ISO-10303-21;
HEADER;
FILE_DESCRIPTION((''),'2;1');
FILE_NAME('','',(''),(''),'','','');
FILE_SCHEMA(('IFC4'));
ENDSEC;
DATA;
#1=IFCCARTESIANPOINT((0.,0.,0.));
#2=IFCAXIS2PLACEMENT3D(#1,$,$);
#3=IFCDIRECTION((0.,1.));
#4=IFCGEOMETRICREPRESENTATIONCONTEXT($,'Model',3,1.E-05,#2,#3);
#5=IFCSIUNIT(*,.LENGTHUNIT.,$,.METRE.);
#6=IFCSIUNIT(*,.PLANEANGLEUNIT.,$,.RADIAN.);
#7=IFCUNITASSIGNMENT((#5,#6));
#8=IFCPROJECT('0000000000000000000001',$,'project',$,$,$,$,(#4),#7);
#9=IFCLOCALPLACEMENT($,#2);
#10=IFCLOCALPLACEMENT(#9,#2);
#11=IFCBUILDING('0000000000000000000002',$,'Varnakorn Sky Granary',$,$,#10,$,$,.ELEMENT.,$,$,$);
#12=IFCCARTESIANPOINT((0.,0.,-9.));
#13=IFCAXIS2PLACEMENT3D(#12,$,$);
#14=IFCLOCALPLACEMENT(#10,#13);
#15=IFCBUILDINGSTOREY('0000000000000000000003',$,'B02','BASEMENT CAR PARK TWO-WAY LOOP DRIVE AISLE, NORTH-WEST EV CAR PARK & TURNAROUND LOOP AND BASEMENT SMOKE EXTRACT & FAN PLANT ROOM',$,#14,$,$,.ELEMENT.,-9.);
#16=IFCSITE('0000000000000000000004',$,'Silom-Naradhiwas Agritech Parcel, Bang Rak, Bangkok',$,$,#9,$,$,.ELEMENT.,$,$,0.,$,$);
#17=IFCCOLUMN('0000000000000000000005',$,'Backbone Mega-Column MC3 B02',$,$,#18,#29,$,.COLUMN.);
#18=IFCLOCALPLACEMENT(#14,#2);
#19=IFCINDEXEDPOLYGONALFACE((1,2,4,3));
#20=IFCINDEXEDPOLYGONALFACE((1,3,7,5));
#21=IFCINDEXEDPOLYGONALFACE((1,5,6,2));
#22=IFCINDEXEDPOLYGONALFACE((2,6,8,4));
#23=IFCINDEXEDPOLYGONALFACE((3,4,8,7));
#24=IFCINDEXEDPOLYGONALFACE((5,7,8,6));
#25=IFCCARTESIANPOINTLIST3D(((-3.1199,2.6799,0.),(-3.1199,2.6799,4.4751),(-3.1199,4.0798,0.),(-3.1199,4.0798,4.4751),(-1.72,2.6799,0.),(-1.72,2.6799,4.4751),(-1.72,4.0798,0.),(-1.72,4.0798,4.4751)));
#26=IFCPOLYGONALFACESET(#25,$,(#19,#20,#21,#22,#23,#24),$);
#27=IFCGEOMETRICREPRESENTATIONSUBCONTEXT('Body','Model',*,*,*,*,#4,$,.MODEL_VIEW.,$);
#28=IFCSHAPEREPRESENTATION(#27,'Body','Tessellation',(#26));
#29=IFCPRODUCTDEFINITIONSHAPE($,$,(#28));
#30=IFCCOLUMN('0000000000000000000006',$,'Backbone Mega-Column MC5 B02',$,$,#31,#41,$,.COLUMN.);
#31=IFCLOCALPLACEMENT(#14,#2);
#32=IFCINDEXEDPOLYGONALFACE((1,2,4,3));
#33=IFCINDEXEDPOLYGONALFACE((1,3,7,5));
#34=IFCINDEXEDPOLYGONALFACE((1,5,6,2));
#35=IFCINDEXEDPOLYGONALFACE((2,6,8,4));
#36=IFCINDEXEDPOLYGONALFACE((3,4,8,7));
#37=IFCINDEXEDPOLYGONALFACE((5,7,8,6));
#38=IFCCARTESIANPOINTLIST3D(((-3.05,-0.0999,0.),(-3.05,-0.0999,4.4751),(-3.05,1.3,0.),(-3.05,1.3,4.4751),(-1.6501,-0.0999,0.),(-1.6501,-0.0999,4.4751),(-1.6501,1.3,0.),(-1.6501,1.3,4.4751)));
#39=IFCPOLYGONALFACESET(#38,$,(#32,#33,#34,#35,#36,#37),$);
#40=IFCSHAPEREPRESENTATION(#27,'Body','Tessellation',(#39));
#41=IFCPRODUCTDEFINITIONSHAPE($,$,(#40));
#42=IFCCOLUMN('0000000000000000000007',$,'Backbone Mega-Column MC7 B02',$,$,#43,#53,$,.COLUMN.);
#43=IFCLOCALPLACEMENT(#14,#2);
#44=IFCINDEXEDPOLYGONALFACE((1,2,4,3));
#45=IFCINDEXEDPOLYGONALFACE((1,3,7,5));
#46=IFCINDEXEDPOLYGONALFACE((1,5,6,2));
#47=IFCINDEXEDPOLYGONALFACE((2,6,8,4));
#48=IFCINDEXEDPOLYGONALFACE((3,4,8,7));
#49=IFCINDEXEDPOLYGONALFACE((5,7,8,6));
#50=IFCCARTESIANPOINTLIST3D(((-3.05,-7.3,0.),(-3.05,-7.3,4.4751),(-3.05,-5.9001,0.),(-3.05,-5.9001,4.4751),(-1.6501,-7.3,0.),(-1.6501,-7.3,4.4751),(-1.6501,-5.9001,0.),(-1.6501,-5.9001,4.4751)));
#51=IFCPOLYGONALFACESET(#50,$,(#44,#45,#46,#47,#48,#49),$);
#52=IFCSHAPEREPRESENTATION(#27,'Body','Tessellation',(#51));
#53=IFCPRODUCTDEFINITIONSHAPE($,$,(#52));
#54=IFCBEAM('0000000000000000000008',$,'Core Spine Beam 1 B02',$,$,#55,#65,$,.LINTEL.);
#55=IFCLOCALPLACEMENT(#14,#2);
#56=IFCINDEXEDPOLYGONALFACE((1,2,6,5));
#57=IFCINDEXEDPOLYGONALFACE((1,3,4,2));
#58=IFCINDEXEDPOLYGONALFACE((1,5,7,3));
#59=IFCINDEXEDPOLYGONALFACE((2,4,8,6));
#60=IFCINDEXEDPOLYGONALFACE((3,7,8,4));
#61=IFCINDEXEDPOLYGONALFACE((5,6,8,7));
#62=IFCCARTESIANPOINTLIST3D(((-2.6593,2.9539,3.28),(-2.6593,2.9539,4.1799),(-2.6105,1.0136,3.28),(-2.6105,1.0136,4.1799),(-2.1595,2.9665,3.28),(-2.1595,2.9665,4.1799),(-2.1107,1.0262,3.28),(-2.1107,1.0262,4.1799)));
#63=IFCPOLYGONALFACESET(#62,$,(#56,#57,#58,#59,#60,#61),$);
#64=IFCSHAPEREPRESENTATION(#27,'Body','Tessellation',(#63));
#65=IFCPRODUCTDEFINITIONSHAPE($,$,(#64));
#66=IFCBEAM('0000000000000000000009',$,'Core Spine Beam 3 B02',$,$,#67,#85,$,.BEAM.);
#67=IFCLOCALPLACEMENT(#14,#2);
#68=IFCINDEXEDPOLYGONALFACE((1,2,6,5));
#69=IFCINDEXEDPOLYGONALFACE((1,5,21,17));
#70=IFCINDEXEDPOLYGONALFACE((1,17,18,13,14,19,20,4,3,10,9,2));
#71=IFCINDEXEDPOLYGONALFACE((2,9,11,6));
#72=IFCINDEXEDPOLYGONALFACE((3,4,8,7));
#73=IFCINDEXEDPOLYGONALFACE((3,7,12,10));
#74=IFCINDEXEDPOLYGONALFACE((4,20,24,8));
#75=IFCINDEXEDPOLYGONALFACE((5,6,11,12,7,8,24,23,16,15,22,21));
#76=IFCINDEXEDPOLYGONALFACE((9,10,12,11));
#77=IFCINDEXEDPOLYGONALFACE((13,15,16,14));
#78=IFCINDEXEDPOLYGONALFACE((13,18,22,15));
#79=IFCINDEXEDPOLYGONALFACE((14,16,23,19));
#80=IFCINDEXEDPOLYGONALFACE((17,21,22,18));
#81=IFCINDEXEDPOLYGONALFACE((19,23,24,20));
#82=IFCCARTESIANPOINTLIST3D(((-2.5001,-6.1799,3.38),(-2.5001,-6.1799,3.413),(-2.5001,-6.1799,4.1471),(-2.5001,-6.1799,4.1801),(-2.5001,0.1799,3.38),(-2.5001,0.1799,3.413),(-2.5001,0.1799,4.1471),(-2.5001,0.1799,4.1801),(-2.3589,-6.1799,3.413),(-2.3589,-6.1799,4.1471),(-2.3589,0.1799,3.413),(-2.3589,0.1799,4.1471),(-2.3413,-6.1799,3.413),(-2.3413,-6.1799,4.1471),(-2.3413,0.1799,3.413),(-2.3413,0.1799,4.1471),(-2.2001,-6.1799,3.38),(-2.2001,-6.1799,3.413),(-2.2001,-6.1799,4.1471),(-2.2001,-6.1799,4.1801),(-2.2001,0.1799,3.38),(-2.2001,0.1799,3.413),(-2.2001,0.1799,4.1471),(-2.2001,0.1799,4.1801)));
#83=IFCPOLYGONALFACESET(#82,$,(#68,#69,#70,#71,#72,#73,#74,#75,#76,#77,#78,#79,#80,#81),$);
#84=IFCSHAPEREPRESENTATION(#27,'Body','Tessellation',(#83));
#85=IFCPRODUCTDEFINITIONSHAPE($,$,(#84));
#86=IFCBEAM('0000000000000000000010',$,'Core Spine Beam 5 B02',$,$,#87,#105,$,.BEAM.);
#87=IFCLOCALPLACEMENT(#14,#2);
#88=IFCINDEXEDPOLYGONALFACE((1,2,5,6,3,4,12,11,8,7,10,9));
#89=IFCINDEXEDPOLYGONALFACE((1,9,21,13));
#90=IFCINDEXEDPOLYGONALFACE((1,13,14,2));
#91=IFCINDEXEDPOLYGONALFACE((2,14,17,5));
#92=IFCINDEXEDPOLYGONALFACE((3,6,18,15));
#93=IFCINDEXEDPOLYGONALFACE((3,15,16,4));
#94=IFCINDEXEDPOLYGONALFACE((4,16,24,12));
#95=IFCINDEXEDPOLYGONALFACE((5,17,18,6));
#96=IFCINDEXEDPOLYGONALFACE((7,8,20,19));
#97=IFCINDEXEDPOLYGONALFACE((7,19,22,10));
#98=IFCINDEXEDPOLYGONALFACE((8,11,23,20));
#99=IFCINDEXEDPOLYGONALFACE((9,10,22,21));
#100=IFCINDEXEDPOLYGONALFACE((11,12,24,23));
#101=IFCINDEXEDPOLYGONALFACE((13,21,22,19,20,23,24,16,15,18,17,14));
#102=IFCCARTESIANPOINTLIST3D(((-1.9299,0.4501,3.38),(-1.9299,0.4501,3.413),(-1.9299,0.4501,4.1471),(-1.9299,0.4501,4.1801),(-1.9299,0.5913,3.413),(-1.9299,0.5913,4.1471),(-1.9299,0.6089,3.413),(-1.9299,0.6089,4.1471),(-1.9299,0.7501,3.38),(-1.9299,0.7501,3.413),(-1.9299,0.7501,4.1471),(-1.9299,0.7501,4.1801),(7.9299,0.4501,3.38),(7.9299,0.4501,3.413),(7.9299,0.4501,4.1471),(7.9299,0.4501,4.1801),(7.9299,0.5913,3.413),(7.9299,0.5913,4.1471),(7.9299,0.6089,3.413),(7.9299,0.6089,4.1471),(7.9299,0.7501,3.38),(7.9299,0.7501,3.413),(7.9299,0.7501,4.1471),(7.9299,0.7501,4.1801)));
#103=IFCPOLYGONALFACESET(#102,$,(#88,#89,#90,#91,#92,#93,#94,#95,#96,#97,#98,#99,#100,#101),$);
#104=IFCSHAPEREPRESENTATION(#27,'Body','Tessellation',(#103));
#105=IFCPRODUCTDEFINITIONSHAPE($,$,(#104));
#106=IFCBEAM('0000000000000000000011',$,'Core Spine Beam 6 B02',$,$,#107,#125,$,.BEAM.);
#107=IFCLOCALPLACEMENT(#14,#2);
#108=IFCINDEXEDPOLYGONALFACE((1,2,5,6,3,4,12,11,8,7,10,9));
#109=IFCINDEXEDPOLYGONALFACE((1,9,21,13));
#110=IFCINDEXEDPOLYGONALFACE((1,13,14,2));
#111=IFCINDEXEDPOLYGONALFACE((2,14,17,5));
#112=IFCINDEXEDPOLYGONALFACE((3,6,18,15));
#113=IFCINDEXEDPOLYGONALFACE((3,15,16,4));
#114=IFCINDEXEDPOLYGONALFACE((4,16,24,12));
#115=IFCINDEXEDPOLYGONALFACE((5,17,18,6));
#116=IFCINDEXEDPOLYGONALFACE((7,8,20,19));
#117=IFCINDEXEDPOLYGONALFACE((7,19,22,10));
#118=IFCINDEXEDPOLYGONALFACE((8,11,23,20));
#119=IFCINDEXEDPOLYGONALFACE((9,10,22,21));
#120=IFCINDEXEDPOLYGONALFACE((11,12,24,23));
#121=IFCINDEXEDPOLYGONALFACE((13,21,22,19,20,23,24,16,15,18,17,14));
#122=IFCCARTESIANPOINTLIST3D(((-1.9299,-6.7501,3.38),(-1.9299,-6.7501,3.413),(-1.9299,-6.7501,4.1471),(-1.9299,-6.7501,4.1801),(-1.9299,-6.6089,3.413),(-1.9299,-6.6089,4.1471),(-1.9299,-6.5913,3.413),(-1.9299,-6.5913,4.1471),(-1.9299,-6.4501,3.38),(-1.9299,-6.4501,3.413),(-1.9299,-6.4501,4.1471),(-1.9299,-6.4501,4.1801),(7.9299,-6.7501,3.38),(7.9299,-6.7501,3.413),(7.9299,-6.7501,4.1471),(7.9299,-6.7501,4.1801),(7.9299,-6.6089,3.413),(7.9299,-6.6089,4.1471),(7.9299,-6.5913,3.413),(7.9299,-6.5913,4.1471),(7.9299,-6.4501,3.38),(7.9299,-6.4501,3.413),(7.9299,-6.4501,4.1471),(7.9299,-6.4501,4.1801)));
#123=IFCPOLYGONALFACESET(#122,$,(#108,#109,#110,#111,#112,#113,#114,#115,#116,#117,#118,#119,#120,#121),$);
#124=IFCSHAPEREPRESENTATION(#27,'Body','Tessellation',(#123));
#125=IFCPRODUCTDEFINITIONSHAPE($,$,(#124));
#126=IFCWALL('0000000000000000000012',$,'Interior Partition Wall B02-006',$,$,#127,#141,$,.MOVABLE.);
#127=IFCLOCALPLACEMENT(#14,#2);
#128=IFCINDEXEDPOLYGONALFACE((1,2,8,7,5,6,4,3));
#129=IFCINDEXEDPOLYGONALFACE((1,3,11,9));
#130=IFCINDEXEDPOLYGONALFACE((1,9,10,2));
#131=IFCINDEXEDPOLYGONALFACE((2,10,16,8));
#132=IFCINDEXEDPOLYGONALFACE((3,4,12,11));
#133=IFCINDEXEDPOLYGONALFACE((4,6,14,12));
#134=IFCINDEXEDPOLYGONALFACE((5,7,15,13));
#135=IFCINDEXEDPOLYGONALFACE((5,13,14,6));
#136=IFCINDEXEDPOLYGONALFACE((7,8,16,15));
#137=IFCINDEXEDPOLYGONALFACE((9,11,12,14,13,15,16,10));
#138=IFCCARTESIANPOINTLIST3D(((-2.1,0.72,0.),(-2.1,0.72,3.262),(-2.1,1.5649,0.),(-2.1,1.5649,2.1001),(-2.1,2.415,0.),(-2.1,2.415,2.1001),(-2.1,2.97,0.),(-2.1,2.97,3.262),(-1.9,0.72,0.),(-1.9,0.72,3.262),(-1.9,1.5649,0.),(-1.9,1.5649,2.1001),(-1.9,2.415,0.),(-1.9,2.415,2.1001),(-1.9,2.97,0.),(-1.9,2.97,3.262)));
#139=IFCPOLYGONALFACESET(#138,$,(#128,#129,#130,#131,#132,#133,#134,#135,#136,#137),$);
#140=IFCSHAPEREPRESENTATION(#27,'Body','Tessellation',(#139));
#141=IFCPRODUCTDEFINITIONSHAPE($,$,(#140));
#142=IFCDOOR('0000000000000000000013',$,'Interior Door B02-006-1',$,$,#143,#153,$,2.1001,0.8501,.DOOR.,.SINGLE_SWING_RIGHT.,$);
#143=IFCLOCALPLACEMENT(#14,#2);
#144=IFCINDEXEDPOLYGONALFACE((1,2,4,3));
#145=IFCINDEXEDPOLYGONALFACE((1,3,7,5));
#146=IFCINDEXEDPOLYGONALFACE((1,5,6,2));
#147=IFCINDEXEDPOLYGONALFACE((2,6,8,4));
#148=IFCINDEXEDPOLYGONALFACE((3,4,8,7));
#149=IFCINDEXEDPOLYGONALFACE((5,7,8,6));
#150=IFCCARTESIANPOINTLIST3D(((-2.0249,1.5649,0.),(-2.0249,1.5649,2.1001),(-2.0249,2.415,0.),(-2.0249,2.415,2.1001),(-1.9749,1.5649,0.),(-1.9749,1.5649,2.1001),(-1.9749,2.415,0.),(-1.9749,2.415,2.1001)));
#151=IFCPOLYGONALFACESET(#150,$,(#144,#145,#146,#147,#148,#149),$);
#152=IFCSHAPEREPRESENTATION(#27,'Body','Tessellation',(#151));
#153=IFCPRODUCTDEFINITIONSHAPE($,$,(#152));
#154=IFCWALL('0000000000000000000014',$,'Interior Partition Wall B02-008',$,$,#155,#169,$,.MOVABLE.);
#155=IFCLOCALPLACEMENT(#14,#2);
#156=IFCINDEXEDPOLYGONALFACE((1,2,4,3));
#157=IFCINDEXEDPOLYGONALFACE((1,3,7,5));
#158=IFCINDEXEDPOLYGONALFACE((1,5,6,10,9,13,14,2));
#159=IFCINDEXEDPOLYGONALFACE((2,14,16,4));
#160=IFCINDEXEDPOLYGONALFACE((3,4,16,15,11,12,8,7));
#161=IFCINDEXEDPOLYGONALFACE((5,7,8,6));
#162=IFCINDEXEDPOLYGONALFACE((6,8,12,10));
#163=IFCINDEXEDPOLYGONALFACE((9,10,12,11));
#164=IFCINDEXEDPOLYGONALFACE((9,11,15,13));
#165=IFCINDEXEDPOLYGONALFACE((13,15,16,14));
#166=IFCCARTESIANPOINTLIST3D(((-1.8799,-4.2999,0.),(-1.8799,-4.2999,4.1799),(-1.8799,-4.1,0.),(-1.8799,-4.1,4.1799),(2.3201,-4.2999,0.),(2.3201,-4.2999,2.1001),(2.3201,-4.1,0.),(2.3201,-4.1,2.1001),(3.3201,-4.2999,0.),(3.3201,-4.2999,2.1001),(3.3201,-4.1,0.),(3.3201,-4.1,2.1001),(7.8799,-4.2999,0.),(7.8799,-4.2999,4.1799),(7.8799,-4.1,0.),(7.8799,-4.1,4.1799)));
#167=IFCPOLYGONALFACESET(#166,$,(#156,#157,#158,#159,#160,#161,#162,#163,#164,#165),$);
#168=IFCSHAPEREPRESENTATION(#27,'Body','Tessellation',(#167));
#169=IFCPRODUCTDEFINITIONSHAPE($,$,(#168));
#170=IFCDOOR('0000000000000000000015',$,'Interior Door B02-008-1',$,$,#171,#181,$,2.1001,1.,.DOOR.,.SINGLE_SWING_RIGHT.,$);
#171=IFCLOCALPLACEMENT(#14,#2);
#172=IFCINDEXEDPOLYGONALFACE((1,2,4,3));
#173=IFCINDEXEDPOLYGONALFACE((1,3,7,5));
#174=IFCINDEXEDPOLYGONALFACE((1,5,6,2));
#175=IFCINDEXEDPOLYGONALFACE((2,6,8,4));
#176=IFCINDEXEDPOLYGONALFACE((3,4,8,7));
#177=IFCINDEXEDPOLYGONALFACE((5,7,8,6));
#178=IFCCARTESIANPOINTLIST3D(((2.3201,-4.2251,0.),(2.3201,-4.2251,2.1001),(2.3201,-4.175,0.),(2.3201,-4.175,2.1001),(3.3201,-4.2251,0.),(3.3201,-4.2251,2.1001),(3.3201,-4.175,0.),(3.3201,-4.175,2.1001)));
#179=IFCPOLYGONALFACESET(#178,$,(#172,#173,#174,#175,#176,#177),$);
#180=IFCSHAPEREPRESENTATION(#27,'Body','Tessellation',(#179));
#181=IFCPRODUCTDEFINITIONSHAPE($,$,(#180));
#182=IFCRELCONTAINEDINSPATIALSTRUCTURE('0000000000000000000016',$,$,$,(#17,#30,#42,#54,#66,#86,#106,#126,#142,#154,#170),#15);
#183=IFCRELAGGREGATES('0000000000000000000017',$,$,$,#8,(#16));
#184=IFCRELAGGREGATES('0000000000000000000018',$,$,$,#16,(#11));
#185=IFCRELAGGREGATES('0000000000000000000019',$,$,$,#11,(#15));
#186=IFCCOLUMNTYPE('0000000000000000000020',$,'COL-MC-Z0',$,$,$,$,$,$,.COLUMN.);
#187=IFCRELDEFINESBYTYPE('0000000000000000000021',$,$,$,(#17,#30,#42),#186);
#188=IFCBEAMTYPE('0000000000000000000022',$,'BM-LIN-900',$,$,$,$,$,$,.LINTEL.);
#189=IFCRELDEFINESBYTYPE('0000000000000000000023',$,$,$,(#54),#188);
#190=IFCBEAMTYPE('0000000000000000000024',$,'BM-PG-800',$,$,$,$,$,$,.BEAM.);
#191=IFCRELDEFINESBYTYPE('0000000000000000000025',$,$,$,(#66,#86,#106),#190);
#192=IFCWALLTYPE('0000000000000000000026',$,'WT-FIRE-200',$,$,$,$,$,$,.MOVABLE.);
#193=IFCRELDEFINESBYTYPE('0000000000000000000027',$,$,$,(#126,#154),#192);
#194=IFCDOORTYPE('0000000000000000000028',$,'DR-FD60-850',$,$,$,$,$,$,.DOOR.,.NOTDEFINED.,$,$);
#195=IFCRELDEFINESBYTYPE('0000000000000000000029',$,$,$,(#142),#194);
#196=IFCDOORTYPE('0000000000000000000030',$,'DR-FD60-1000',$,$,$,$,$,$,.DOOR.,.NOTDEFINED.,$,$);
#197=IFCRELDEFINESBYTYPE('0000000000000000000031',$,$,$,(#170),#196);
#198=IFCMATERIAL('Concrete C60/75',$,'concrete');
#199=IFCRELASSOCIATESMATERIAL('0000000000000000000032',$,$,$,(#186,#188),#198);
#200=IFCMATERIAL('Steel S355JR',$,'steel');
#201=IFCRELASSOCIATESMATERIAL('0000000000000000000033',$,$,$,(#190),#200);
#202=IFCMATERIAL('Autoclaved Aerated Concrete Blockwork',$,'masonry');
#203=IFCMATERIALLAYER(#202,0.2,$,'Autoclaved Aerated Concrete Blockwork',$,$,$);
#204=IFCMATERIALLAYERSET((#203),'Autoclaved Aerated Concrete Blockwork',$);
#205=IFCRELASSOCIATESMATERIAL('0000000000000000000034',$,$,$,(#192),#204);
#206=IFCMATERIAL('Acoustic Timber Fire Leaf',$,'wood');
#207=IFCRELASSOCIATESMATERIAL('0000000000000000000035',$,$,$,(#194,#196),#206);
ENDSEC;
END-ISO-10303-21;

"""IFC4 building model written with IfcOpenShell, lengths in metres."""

from ifc_helpers import new_model, si_unit, direction, frame, frame_2d, origin, origin_2d, place, context, subcontext, project, spatial, rectangle, i_section, extrude, material, layer, layer_set, material_profile, profile_set, type_object, element, fill, save


model = new_model("IFC4")

# Units and contexts
model_context = context("Model", 3, precision=1e-05, world=origin(), true_north=direction((0.0, 1.0)))
body_context = subcontext(model_context, "Body", "Model", "MODEL_VIEW")
ifc_project = project(units=[si_unit("LENGTHUNIT", "METRE"), si_unit("PLANEANGLEUNIT", "RADIAN")], contexts=[model_context])

# Site, building, storey
site_placement = place(None, origin())
site = spatial("IfcSite", under=ifc_project, at=site_placement, Name="Silom-Naradhiwas Agritech Parcel, Bang Rak, Bangkok", CompositionType="ELEMENT", RefElevation=0.0)
building_placement = place(site_placement, origin())
building = spatial("IfcBuilding", under=site, at=building_placement, Name="Varnakorn Sky Granary", CompositionType="ELEMENT")
storey_placement = place(building_placement, frame((0.0, 0.0, -9.0)))
storey = spatial("IfcBuildingStorey", under=building, at=storey_placement, Name="B02", Description="BASEMENT CAR PARK TWO-WAY LOOP DRIVE AISLE, NORTH-WEST EV CAR PARK & TURNAROUND LOOP AND BASEMENT SMOKE EXTRACT & FAN PLANT ROOM", CompositionType="ELEMENT", Elevation=-9.0)

# Columns
ifc_material_1 = material(Name="Concrete C60/75", Category="concrete")
ifc_material_profile_1 = material_profile(ifc_material_1, rectangle(XDim=1.3999, YDim=1.3999, at=origin_2d()), Name="RC 1400x1400")
ifc_profile_set_1 = profile_set([ifc_material_profile_1], Name="Concrete C60/75")
column_type = type_object("IfcColumnType", Name="COL-MC-Z0", PredefinedType="COLUMN", material=ifc_profile_set_1)
for number, where, z_axis, x_axis, name in (
    (1, (-2.4199, 3.3799, 0.0), (0.0, 0.0, 1.0), (1.0, 0.0, 0.0), "Backbone Mega-Column MC3 B02"),
    (2, (-2.3501, 0.6001, 0.0), (0.0, 0.0, 1.0), (1.0, 0.0, 0.0), "Backbone Mega-Column MC5 B02"),
    (3, (-2.3501, -6.6001, 0.0), (0.0, 0.0, 1.0), (1.0, 0.0, 0.0), "Backbone Mega-Column MC7 B02"),
):
    element("IfcColumn", number, at=place(storey_placement, frame(where, z_axis=z_axis, x_axis=x_axis)), inside=storey, type_object=column_type, Name=name, PredefinedType="COLUMN", context=body_context, shape_type="SweptSolid", body=[
        extrude(rectangle(XDim=1.3999, YDim=1.3999, at=origin_2d()), origin(), (0.0, 0.0, 1.0), 4.4751),
    ])

# Beams
ifc_material_profile_2 = material_profile(ifc_material_1, rectangle(XDim=0.5, YDim=0.8999, at=origin_2d()), Name="RC 500x900")
ifc_profile_set_2 = profile_set([ifc_material_profile_2], Name="Concrete C60/75")
beam_type_1 = type_object("IfcBeamType", Name="BM-LIN-900", PredefinedType="LINTEL", material=ifc_profile_set_2)
beam_1_placement = place(storey_placement, frame((-2.4094, 2.9602, 3.73), z_axis=(0.025159, -0.999683, 0.0), x_axis=(0.999683, 0.025159, 0.0)))
element("IfcBeam", 4, at=beam_1_placement, inside=storey, type_object=beam_type_1, Name="Core Spine Beam 1 B02", PredefinedType="LINTEL", context=body_context, shape_type="SweptSolid", body=[
    extrude(rectangle(XDim=0.5, YDim=0.8999, at=origin_2d()), origin(), (0.0, 0.0, 1.0), 1.9409),
])
ifc_material_2 = material(Name="Steel S355JR", Category="steel")
ifc_material_profile_3 = material_profile(ifc_material_2, i_section(OverallWidth=0.3, OverallDepth=0.8, WebThickness=0.0176, FlangeThickness=0.033, at=origin_2d()), Name="HE 800 B")
ifc_profile_set_3 = profile_set([ifc_material_profile_3], Name="Steel S355JR")
beam_type_2 = type_object("IfcBeamType", Name="BM-PG-800", PredefinedType="BEAM", material=ifc_profile_set_3)
beam_2_placement = place(storey_placement, frame((-2.3501, 0.1799, 3.78), z_axis=(0.0, -1.0, 0.0), x_axis=(1.0, 0.0, 0.0)))
element("IfcBeam", 5, at=beam_2_placement, inside=storey, type_object=beam_type_2, Name="Core Spine Beam 3 B02", PredefinedType="BEAM", context=body_context, shape_type="SweptSolid", body=[
    extrude(i_section(OverallWidth=0.3, OverallDepth=0.8, WebThickness=0.0176, FlangeThickness=0.033, at=origin_2d()), origin(), (0.0, 0.0, 1.0), 6.3599),
])
for number, where, z_axis, x_axis, name in (
    (6, (-1.9299, 0.6001, 3.78), (1.0, 0.0, 0.0), (0.0, 1.0, 0.0), "Core Spine Beam 5 B02"),
    (7, (-1.9299, -6.6001, 3.78), (1.0, 0.0, 0.0), (0.0, 1.0, 0.0), "Core Spine Beam 6 B02"),
):
    element("IfcBeam", number, at=place(storey_placement, frame(where, z_axis=z_axis, x_axis=x_axis)), inside=storey, type_object=beam_type_2, Name=name, PredefinedType="BEAM", context=body_context, shape_type="SweptSolid", body=[
        extrude(i_section(OverallWidth=0.3, OverallDepth=0.8, WebThickness=0.0176, FlangeThickness=0.033, at=origin_2d()), origin(), (0.0, 0.0, 1.0), 9.8599),
    ])

# Walls, openings, doors
ifc_material_3 = material(Name="Autoclaved Aerated Concrete Blockwork", Category="masonry")
ifc_layer_1 = layer(ifc_material_3, 0.2, Name="Autoclaved Aerated Concrete Blockwork")
ifc_layer_set_1 = layer_set([ifc_layer_1], Name="Autoclaved Aerated Concrete Blockwork")
wall_type_1 = type_object("IfcWallType", Name="WT-FIRE-200", PredefinedType="MOVABLE", material=ifc_layer_set_1)
wall_1_placement = place(storey_placement, frame((-2.0, 0.72, 0.0), z_axis=(0.0, 0.0, 1.0), x_axis=(0.0, 1.0, 0.0)))
wall_1 = element("IfcWall", 8, at=wall_1_placement, inside=storey, type_object=wall_type_1, Name="Interior Partition Wall B02-006", PredefinedType="MOVABLE", context=body_context, shape_type="SweptSolid", body=[
    extrude(rectangle(XDim=2.25, YDim=0.2, at=frame_2d((1.125, 0.0))), origin(), (0.0, 0.0, 1.0), 3.262),
])
opening_1_placement = place(wall_1_placement, frame((0.845, 0.0, 0.0)))
opening_1 = element("IfcOpeningElement", 9, at=opening_1_placement, cuts=wall_1, PredefinedType="OPENING", context=body_context, shape_type="SweptSolid", body=[
    extrude(rectangle(XDim=0.8501, YDim=2.1001, at=frame_2d((0.425, 1.05))), frame((0.0, 0.1099, 0.0), z_axis=(0.0, -1.0, 0.0), x_axis=(1.0, 0.0, 0.0)), (0.0, 0.0, 1.0), 0.22),
])
ifc_material_4 = material(Name="Acoustic Timber Fire Leaf", Category="wood")
door_type_1 = type_object("IfcDoorType", Name="DR-FD60-850", OperationType="NOTDEFINED", PredefinedType="DOOR", material=ifc_material_4)
door_1_placement = place(opening_1_placement, origin())
door_1 = element("IfcDoor", 10, at=door_1_placement, inside=storey, type_object=door_type_1, Name="Interior Door B02-006-1", OperationType="SINGLE_SWING_RIGHT", OverallHeight=2.1001, OverallWidth=0.8501, PredefinedType="DOOR", context=body_context, shape_type="SweptSolid", body=[
    extrude(rectangle(XDim=0.8501, YDim=2.1001, at=frame_2d((0.425, 1.05))), frame((0.0, 0.0249, 0.0), z_axis=(0.0, -1.0, 0.0), x_axis=(1.0, 0.0, 0.0)), (0.0, 0.0, 1.0), 0.05),
])
fill(opening_1, door_1)
wall_2_placement = place(storey_placement, frame((-1.8799, -4.2, 0.0), z_axis=(0.0, 0.0, 1.0), x_axis=(1.0, 0.0, 0.0)))
wall_2 = element("IfcWall", 11, at=wall_2_placement, inside=storey, type_object=wall_type_1, Name="Interior Partition Wall B02-008", PredefinedType="MOVABLE", context=body_context, shape_type="SweptSolid", body=[
    extrude(rectangle(XDim=9.7598, YDim=0.2, at=frame_2d((4.8799, 0.0))), origin(), (0.0, 0.0, 1.0), 4.1799),
])
opening_2_placement = place(wall_2_placement, frame((4.2, 0.0, 0.0)))
opening_2 = element("IfcOpeningElement", 12, at=opening_2_placement, cuts=wall_2, PredefinedType="OPENING", context=body_context, shape_type="SweptSolid", body=[
    extrude(rectangle(XDim=1.0, YDim=2.1001, at=frame_2d((0.5, 1.05))), frame((0.0, 0.1099, 0.0), z_axis=(0.0, -1.0, 0.0), x_axis=(1.0, 0.0, 0.0)), (0.0, 0.0, 1.0), 0.22),
])
door_type_2 = type_object("IfcDoorType", Name="DR-FD60-1000", OperationType="NOTDEFINED", PredefinedType="DOOR", material=ifc_material_4)
door_2_placement = place(opening_2_placement, origin())
door_2 = element("IfcDoor", 13, at=door_2_placement, inside=storey, type_object=door_type_2, Name="Interior Door B02-008-1", OperationType="SINGLE_SWING_RIGHT", OverallHeight=2.1001, OverallWidth=1.0, PredefinedType="DOOR", context=body_context, shape_type="SweptSolid", body=[
    extrude(rectangle(XDim=1.0, YDim=2.1001, at=frame_2d((0.5, 1.05))), frame((0.0, 0.0249, 0.0), z_axis=(0.0, -1.0, 0.0), x_axis=(1.0, 0.0, 0.0)), (0.0, 0.0, 1.0), 0.05),
])
fill(opening_2, door_2)

save(model, "model.ifc")
